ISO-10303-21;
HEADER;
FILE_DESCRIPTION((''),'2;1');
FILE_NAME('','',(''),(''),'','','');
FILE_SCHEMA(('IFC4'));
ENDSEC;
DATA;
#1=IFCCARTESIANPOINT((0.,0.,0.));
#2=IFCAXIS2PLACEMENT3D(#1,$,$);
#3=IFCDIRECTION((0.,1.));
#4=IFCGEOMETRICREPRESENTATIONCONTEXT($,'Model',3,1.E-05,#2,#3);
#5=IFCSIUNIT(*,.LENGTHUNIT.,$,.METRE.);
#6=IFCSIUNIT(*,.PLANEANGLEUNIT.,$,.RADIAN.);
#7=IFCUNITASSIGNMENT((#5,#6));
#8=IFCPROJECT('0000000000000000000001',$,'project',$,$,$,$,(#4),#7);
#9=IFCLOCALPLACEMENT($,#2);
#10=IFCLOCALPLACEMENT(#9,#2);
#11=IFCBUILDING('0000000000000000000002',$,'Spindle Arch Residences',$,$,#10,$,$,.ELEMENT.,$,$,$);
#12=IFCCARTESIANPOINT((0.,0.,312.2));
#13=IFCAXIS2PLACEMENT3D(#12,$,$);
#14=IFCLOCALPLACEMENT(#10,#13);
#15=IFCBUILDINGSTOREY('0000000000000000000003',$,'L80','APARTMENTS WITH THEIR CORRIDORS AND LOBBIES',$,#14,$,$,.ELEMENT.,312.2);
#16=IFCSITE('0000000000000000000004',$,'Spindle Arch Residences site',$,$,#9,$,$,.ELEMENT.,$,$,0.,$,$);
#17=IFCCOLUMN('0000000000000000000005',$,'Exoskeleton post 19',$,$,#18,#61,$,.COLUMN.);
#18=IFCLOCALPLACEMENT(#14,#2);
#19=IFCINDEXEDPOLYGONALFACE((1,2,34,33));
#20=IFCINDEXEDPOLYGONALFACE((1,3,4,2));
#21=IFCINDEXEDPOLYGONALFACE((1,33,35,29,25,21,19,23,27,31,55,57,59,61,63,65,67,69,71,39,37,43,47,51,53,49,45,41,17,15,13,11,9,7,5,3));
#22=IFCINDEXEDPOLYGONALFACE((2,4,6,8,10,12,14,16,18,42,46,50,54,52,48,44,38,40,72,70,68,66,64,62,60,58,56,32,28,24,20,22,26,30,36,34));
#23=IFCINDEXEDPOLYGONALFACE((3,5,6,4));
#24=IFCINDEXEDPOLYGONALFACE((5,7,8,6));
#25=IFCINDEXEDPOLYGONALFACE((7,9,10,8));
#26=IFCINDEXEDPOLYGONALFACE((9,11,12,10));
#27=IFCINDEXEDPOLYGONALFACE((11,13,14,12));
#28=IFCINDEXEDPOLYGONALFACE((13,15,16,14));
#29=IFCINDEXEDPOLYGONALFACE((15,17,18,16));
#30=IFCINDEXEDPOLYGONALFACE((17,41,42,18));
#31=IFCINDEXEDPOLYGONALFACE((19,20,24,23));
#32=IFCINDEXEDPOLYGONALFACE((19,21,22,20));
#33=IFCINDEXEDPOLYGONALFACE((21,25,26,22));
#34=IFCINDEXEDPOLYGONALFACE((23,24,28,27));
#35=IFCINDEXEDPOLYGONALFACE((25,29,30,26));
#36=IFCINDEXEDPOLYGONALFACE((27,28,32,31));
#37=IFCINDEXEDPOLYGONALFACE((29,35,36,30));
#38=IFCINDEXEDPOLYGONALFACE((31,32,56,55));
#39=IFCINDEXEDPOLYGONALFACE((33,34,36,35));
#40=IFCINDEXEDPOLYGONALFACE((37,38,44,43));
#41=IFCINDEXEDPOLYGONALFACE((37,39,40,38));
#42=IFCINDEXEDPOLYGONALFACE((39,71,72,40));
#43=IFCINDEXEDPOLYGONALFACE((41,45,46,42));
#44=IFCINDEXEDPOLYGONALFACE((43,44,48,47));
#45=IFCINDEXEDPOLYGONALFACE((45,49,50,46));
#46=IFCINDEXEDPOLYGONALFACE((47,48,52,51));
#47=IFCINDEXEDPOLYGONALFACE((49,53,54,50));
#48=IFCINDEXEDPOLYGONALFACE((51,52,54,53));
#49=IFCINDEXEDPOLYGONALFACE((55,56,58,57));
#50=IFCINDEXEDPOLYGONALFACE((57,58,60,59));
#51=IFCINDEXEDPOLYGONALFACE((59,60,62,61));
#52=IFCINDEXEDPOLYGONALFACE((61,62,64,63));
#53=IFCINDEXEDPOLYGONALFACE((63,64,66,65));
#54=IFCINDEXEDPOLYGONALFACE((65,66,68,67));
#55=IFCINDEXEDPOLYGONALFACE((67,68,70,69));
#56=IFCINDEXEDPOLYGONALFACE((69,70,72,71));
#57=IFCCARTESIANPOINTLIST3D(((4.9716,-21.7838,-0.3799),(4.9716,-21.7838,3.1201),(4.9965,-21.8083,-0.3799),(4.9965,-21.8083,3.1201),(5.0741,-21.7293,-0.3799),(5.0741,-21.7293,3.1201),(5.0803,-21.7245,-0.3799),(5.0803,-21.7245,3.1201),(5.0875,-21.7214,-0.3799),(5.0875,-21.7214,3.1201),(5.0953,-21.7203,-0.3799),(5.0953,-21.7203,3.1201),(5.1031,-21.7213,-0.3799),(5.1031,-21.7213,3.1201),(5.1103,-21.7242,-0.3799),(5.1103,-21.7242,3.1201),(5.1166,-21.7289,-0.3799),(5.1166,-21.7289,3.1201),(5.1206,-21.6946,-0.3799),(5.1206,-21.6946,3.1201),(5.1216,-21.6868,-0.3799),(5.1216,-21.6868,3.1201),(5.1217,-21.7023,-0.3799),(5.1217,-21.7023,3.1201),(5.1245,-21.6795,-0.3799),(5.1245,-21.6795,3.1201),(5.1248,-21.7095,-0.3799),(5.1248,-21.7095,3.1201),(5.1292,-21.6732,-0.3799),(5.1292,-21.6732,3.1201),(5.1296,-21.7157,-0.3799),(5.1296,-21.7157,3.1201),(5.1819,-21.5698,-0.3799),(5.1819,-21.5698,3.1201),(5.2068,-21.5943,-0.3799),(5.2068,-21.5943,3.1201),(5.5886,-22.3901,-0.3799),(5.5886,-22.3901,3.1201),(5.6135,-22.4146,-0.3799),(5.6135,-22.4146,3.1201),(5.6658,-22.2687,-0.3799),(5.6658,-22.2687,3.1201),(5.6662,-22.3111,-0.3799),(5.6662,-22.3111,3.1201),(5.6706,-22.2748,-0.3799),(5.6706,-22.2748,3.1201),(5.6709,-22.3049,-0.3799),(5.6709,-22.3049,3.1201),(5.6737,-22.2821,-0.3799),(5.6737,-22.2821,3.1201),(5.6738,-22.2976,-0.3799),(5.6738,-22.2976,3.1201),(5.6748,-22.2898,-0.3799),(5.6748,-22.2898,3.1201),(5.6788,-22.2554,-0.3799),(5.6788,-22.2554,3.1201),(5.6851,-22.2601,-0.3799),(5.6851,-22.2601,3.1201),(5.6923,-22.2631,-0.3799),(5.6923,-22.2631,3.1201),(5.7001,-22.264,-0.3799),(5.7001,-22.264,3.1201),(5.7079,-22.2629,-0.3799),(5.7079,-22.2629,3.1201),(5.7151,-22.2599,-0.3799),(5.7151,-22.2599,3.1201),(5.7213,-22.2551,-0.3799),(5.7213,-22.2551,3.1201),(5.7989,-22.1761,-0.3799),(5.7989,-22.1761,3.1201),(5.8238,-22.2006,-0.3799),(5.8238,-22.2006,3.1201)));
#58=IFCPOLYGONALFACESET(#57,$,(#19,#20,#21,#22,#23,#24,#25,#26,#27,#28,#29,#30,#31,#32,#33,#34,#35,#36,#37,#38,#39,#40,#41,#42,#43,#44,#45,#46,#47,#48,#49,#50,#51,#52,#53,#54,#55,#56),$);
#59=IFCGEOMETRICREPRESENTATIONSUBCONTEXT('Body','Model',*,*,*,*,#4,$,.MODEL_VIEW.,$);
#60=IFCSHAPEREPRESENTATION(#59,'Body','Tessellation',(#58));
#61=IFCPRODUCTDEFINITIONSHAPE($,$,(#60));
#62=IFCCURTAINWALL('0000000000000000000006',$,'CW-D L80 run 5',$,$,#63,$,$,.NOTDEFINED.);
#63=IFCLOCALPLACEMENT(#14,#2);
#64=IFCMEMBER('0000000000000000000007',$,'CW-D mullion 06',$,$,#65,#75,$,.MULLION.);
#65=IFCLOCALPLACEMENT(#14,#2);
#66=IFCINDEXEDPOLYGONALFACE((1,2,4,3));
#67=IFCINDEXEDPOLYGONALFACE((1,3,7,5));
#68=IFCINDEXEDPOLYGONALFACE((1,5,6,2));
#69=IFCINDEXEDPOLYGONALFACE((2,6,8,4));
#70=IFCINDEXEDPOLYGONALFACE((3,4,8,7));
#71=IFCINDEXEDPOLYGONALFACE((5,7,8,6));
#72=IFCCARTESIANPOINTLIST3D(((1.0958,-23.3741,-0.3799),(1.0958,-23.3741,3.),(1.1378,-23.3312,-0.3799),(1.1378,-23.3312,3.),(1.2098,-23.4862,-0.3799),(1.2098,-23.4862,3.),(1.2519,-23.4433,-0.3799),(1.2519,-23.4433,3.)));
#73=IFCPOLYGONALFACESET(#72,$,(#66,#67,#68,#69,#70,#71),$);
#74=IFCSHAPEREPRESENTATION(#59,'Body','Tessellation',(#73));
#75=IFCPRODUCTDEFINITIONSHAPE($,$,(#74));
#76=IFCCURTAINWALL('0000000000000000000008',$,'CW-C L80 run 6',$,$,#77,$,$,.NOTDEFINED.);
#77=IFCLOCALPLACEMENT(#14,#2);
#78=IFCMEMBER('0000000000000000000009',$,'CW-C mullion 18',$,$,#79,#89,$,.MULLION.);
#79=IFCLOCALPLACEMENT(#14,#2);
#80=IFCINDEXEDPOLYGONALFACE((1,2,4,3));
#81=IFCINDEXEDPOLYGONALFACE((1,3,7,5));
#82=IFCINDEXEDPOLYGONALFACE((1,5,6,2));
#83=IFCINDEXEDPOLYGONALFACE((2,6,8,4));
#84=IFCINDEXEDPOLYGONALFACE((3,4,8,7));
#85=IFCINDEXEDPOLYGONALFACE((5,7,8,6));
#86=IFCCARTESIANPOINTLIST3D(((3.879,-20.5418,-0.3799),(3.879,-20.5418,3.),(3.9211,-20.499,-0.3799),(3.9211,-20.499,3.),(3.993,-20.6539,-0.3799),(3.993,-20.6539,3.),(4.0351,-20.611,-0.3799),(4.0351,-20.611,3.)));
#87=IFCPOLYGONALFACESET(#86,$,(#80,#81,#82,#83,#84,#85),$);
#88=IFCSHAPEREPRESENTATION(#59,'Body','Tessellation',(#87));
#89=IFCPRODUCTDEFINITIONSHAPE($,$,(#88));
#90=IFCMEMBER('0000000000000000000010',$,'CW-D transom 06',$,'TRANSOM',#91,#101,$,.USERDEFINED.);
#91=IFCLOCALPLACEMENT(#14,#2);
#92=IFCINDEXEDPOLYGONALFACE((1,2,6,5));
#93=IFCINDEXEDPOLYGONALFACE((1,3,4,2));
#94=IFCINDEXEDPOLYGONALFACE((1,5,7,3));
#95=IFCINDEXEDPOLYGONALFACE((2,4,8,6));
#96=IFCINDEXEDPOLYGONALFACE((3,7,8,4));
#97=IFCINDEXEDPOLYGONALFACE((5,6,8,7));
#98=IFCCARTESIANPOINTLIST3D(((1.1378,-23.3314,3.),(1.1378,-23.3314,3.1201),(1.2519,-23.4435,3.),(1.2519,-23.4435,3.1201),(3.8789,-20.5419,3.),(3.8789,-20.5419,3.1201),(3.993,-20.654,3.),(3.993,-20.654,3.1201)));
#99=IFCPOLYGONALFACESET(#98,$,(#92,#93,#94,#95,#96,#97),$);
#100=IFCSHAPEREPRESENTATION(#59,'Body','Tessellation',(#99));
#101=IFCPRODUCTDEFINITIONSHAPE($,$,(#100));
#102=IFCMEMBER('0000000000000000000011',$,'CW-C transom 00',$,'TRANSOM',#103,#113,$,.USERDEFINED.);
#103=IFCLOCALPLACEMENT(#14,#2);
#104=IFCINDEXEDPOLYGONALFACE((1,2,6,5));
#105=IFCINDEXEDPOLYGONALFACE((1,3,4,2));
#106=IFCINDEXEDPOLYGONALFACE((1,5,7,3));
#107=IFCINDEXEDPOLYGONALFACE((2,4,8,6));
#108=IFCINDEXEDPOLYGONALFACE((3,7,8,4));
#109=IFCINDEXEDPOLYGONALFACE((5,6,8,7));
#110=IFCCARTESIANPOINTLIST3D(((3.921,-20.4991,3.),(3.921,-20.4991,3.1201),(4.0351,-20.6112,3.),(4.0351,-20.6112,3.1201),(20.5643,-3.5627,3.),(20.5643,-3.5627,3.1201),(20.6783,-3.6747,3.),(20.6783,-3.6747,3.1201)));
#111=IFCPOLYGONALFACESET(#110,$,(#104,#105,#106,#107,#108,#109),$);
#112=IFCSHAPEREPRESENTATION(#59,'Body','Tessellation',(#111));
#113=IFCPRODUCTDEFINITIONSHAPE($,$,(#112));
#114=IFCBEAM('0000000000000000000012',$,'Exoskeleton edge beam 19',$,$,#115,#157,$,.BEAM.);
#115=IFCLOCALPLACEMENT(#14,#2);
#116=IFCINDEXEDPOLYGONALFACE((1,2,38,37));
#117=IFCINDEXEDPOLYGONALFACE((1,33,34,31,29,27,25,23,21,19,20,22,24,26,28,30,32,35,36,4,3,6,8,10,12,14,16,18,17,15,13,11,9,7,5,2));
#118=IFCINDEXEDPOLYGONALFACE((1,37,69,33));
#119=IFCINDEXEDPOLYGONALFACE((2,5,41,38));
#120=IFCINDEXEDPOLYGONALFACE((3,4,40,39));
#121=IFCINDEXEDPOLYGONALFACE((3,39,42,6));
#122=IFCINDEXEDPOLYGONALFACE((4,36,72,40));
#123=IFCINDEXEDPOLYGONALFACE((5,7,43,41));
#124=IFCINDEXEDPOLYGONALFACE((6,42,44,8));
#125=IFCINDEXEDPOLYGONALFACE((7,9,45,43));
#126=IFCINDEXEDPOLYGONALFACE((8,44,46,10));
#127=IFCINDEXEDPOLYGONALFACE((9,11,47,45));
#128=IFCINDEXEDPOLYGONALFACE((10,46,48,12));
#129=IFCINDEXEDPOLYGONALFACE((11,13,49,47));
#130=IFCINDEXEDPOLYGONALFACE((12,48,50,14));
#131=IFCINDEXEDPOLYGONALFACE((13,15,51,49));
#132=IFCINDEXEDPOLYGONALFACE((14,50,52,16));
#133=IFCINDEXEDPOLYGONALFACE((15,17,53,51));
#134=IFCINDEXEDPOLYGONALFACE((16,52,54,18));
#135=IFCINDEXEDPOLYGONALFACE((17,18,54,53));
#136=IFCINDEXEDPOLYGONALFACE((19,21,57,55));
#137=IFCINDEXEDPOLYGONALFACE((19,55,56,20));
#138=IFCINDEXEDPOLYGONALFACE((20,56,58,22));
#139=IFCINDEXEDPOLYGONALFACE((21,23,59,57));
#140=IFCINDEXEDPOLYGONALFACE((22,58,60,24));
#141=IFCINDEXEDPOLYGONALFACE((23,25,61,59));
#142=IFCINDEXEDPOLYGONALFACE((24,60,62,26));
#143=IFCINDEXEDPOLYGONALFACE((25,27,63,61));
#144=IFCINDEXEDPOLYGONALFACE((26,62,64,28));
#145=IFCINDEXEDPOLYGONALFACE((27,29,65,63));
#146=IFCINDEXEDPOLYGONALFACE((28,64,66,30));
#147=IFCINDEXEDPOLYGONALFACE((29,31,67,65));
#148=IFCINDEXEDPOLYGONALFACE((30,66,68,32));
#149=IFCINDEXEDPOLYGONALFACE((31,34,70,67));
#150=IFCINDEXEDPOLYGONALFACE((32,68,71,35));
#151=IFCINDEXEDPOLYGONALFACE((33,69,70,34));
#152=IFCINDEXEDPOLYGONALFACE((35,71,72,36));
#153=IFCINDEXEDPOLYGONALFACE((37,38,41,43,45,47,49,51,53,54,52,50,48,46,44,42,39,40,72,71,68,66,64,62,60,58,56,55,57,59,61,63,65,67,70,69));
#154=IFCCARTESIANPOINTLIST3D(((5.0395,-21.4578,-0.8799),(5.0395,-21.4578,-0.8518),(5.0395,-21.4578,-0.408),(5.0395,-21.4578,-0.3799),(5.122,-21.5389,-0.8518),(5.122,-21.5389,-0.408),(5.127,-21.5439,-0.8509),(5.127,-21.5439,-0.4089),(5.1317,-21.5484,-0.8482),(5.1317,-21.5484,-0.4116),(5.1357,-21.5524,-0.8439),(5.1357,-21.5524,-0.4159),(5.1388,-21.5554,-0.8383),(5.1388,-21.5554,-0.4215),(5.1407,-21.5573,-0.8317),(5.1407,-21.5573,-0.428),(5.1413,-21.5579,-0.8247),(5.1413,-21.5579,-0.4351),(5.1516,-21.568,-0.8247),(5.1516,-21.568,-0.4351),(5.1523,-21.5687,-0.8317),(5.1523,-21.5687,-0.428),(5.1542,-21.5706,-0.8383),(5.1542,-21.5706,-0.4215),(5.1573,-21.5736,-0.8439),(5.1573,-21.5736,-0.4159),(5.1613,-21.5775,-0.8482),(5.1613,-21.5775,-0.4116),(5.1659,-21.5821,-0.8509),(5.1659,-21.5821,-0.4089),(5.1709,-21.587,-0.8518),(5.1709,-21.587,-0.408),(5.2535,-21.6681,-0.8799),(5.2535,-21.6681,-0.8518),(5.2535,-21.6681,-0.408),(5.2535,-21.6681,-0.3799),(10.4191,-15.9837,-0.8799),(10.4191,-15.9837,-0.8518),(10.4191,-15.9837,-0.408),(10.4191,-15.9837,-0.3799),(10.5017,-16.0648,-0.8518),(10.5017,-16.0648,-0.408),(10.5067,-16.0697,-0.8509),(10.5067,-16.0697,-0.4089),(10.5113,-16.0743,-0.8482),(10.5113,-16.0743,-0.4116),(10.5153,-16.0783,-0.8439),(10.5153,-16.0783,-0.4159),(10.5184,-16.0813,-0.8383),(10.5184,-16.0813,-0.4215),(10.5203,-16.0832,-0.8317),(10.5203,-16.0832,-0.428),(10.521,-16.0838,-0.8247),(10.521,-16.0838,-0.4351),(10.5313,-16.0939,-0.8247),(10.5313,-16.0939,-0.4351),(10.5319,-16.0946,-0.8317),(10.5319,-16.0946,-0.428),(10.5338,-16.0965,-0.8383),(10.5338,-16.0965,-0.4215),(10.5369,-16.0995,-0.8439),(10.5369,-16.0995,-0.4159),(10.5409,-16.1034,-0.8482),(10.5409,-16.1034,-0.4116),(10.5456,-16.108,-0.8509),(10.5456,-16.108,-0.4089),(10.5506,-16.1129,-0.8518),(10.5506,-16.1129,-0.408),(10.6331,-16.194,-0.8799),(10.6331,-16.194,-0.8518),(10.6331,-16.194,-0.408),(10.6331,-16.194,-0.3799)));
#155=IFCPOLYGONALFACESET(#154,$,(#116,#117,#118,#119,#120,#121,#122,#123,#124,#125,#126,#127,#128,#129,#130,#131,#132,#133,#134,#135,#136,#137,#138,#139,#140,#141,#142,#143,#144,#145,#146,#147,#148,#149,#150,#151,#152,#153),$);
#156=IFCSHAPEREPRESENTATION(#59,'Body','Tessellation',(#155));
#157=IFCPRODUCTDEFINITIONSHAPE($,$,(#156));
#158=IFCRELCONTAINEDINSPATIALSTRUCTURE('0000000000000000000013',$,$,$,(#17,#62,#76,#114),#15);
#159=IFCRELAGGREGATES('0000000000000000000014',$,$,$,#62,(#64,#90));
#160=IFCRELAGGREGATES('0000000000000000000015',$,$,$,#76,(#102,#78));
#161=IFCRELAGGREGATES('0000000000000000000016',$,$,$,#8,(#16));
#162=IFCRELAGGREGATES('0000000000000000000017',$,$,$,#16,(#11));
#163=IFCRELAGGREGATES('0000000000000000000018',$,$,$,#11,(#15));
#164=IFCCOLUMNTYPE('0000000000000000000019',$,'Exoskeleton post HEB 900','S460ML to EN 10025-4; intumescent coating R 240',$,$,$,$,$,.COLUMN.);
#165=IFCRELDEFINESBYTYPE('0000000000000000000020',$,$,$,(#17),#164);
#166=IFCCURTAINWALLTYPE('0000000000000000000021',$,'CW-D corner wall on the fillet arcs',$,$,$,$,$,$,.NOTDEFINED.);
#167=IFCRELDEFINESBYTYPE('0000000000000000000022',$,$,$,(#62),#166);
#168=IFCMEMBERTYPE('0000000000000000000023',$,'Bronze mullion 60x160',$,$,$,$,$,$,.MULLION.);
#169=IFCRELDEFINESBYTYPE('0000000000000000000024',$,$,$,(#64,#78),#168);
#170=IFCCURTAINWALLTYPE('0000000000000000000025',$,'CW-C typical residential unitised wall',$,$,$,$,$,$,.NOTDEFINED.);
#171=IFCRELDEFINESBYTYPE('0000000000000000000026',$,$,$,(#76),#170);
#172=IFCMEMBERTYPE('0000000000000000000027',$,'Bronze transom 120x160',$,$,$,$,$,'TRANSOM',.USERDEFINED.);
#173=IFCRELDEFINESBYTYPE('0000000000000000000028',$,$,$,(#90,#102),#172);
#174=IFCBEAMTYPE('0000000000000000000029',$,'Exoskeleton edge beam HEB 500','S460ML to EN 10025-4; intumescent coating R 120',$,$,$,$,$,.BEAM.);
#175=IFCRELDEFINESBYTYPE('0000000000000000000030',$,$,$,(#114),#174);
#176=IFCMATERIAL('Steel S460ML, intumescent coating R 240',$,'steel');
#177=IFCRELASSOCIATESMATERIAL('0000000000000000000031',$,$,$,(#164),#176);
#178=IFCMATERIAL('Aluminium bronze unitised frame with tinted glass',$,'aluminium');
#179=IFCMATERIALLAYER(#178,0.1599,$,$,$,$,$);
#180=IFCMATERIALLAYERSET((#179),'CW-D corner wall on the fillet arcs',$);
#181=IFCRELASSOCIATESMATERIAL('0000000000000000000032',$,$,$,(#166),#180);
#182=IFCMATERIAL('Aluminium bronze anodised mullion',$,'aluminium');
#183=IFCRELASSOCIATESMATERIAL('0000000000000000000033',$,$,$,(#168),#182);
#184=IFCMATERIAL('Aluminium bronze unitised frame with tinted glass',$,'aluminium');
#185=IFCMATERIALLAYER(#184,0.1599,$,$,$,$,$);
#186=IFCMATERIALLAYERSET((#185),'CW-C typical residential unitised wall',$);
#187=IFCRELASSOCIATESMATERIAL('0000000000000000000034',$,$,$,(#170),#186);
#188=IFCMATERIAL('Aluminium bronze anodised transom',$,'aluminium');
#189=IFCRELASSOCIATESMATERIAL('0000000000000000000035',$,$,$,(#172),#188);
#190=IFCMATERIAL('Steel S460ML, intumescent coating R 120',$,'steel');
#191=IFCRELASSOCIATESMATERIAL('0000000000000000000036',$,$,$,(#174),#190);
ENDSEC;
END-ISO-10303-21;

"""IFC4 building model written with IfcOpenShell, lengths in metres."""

from ifc_helpers import new_model, si_unit, direction, frame, origin, origin_2d, place, context, subcontext, project, spatial, rectangle, i_section, extrude, material, layer, layer_set, material_profile, profile_set, type_object, element, aggregate, save


model = new_model("IFC4")

# Units and contexts
model_context = context("Model", 3, precision=1e-05, world=origin(), true_north=direction((0.0, 1.0)))
body_context = subcontext(model_context, "Body", "Model", "MODEL_VIEW")
ifc_project = project(units=[si_unit("LENGTHUNIT", "METRE"), si_unit("PLANEANGLEUNIT", "RADIAN")], contexts=[model_context])

# Site, building, storey
site_placement = place(None, origin())
site = spatial("IfcSite", under=ifc_project, at=site_placement, Name="Spindle Arch Residences site", CompositionType="ELEMENT", RefElevation=0.0)
building_placement = place(site_placement, origin())
building = spatial("IfcBuilding", under=site, at=building_placement, Name="Spindle Arch Residences", CompositionType="ELEMENT")
storey_placement = place(building_placement, frame((0.0, 0.0, 312.2)))
storey = spatial("IfcBuildingStorey", under=building, at=storey_placement, Name="L80", Description="APARTMENTS WITH THEIR CORRIDORS AND LOBBIES", CompositionType="ELEMENT", Elevation=312.2)

# Column
ifc_material_1 = material(Name="Steel S460ML, intumescent coating R 240", Category="steel")
ifc_material_profile_1 = material_profile(ifc_material_1, i_section(OverallWidth=0.3, OverallDepth=0.8999, WebThickness=0.0186, FlangeThickness=0.0349, FilletRadius=0.03, at=origin_2d()), Name="HEB 900")
ifc_profile_set_1 = profile_set([ifc_material_profile_1], Name="Steel S460ML, intumescent coating R 240")
column_type = type_object("IfcColumnType", Name="Exoskeleton post HEB 900", Description="S460ML to EN 10025-4; intumescent coating R 240", PredefinedType="COLUMN", material=ifc_profile_set_1)
column_placement = place(storey_placement, frame((5.3977, -21.9922, -0.3799), z_axis=(0.0, 0.0, 1.0), x_axis=(-0.700909, -0.71325, 0.0)))
element("IfcColumn", 1, at=column_placement, inside=storey, type_object=column_type, Name="Exoskeleton post 19", PredefinedType="COLUMN", context=body_context, shape_type="SweptSolid", body=[
    extrude(i_section(OverallWidth=0.3, OverallDepth=0.8999, WebThickness=0.0186, FlangeThickness=0.0349, FilletRadius=0.03, at=origin_2d()), origin(), (0.0, 0.0, 1.0), 3.5),
])

# Curtain walls, members
ifc_material_2 = material(Name="Aluminium bronze unitised frame with tinted glass", Category="aluminium")
ifc_layer_1 = layer(ifc_material_2, 0.1599)
ifc_layer_set_1 = layer_set([ifc_layer_1], Name="CW-D corner wall on the fillet arcs")
curtain_wall_type_1 = type_object("IfcCurtainWallType", Name="CW-D corner wall on the fillet arcs", PredefinedType="NOTDEFINED", material=ifc_layer_set_1)
curtain_wall_1_placement = place(storey_placement, origin())
curtain_wall_1 = element("IfcCurtainWall", 2, at=curtain_wall_1_placement, inside=storey, type_object=curtain_wall_type_1, Name="CW-D L80 run 5", PredefinedType="NOTDEFINED")
ifc_material_3 = material(Name="Aluminium bronze anodised mullion", Category="aluminium")
ifc_material_profile_2 = material_profile(ifc_material_3, rectangle(XDim=0.1599, YDim=0.0601, at=origin_2d()), Name="MU 60x160")
ifc_profile_set_2 = profile_set([ifc_material_profile_2], Name="Aluminium bronze anodised mullion")
member_type_1 = type_object("IfcMemberType", Name="Bronze mullion 60x160", PredefinedType="MULLION", material=ifc_profile_set_2)
member_1_placement = place(storey_placement, frame((1.1738, -23.4087, -0.3799), z_axis=(0.0, 0.0, 1.0), x_axis=(-0.71325, 0.700909, 0.0)))
member_1 = element("IfcMember", 3, at=member_1_placement, type_object=member_type_1, Name="CW-D mullion 06", PredefinedType="MULLION", context=body_context, shape_type="SweptSolid", body=[
    extrude(rectangle(XDim=0.1599, YDim=0.0601, at=origin_2d()), origin(), (0.0, 0.0, 1.0), 3.3799),
])
ifc_material_4 = material(Name="Aluminium bronze unitised frame with tinted glass", Category="aluminium")
ifc_layer_2 = layer(ifc_material_4, 0.1599)
ifc_layer_set_2 = layer_set([ifc_layer_2], Name="CW-C typical residential unitised wall")
curtain_wall_type_2 = type_object("IfcCurtainWallType", Name="CW-C typical residential unitised wall", PredefinedType="NOTDEFINED", material=ifc_layer_set_2)
curtain_wall_2_placement = place(storey_placement, origin())
curtain_wall_2 = element("IfcCurtainWall", 4, at=curtain_wall_2_placement, inside=storey, type_object=curtain_wall_type_2, Name="CW-C L80 run 6", PredefinedType="NOTDEFINED")
member_2_placement = place(storey_placement, frame((3.957, -20.5764, -0.3799), z_axis=(0.0, 0.0, 1.0), x_axis=(-0.71325, 0.700909, 0.0)))
member_2 = element("IfcMember", 5, at=member_2_placement, type_object=member_type_1, Name="CW-C mullion 18", PredefinedType="MULLION", context=body_context, shape_type="SweptSolid", body=[
    extrude(rectangle(XDim=0.1599, YDim=0.0601, at=origin_2d()), origin(), (0.0, 0.0, 1.0), 3.3799),
])

# Members
ifc_material_5 = material(Name="Aluminium bronze anodised transom", Category="aluminium")
ifc_material_profile_3 = material_profile(ifc_material_5, rectangle(XDim=0.1599, YDim=0.1201, at=origin_2d()), Name="TR 120x160")
ifc_profile_set_3 = profile_set([ifc_material_profile_3], Name="Aluminium bronze anodised transom")
member_type_2 = type_object("IfcMemberType", Name="Bronze transom 120x160", ElementType="TRANSOM", PredefinedType="USERDEFINED", material=ifc_profile_set_3)
member_3_placement = place(storey_placement, frame((1.1948, -23.3875, 3.0601), z_axis=(0.7009, 0.71326, 0.0), x_axis=(-0.71326, 0.7009, 0.0)))
member_3 = element("IfcMember", 6, at=member_3_placement, type_object=member_type_2, Name="CW-D transom 06", ObjectType="TRANSOM", PredefinedType="USERDEFINED", context=body_context, shape_type="SweptSolid", body=[
    extrude(rectangle(XDim=0.1599, YDim=0.1201, at=origin_2d()), origin(), (0.0, 0.0, 1.0), 3.9109),
])
member_4_placement = place(storey_placement, frame((3.978, -20.5552, 3.0601), z_axis=(0.700906, 0.713254, 0.0), x_axis=(-0.713254, 0.700906, 0.0)))
member_4 = element("IfcMember", 7, at=member_4_placement, type_object=member_type_2, Name="CW-C transom 00", ObjectType="TRANSOM", PredefinedType="USERDEFINED", context=body_context, shape_type="SweptSolid", body=[
    extrude(rectangle(XDim=0.1599, YDim=0.1201, at=origin_2d()), origin(), (0.0, 0.0, 1.0), 23.7454),
])

# Beam
ifc_material_6 = material(Name="Steel S460ML, intumescent coating R 120", Category="steel")
ifc_material_profile_4 = material_profile(ifc_material_6, i_section(OverallWidth=0.3, OverallDepth=0.5, WebThickness=0.0144, FlangeThickness=0.0281, FilletRadius=0.0271, at=origin_2d()), Name="HEB 500")
ifc_profile_set_4 = profile_set([ifc_material_profile_4], Name="Steel S460ML, intumescent coating R 120")
beam_type_1 = type_object("IfcBeamType", Name="Exoskeleton edge beam HEB 500", Description="S460ML to EN 10025-4; intumescent coating R 120", PredefinedType="BEAM", material=ifc_profile_set_4)
beam_1_placement = place(storey_placement, frame((5.1465, -21.563, -0.6299), z_axis=(0.700925, 0.713235, 0.0), x_axis=(-0.713235, 0.700925, 0.0)))
element("IfcBeam", 8, at=beam_1_placement, inside=storey, type_object=beam_type_1, Name="Exoskeleton edge beam 19", PredefinedType="BEAM", context=body_context, shape_type="SweptSolid", body=[
    extrude(i_section(OverallWidth=0.3, OverallDepth=0.5, WebThickness=0.0144, FlangeThickness=0.0281, FilletRadius=0.0271, at=origin_2d()), origin(), (0.0, 0.0, 1.0), 7.675),
])

aggregate(curtain_wall_1, [member_1, member_3])
aggregate(curtain_wall_2, [member_4, member_2])

save(model, "model.ifc")
